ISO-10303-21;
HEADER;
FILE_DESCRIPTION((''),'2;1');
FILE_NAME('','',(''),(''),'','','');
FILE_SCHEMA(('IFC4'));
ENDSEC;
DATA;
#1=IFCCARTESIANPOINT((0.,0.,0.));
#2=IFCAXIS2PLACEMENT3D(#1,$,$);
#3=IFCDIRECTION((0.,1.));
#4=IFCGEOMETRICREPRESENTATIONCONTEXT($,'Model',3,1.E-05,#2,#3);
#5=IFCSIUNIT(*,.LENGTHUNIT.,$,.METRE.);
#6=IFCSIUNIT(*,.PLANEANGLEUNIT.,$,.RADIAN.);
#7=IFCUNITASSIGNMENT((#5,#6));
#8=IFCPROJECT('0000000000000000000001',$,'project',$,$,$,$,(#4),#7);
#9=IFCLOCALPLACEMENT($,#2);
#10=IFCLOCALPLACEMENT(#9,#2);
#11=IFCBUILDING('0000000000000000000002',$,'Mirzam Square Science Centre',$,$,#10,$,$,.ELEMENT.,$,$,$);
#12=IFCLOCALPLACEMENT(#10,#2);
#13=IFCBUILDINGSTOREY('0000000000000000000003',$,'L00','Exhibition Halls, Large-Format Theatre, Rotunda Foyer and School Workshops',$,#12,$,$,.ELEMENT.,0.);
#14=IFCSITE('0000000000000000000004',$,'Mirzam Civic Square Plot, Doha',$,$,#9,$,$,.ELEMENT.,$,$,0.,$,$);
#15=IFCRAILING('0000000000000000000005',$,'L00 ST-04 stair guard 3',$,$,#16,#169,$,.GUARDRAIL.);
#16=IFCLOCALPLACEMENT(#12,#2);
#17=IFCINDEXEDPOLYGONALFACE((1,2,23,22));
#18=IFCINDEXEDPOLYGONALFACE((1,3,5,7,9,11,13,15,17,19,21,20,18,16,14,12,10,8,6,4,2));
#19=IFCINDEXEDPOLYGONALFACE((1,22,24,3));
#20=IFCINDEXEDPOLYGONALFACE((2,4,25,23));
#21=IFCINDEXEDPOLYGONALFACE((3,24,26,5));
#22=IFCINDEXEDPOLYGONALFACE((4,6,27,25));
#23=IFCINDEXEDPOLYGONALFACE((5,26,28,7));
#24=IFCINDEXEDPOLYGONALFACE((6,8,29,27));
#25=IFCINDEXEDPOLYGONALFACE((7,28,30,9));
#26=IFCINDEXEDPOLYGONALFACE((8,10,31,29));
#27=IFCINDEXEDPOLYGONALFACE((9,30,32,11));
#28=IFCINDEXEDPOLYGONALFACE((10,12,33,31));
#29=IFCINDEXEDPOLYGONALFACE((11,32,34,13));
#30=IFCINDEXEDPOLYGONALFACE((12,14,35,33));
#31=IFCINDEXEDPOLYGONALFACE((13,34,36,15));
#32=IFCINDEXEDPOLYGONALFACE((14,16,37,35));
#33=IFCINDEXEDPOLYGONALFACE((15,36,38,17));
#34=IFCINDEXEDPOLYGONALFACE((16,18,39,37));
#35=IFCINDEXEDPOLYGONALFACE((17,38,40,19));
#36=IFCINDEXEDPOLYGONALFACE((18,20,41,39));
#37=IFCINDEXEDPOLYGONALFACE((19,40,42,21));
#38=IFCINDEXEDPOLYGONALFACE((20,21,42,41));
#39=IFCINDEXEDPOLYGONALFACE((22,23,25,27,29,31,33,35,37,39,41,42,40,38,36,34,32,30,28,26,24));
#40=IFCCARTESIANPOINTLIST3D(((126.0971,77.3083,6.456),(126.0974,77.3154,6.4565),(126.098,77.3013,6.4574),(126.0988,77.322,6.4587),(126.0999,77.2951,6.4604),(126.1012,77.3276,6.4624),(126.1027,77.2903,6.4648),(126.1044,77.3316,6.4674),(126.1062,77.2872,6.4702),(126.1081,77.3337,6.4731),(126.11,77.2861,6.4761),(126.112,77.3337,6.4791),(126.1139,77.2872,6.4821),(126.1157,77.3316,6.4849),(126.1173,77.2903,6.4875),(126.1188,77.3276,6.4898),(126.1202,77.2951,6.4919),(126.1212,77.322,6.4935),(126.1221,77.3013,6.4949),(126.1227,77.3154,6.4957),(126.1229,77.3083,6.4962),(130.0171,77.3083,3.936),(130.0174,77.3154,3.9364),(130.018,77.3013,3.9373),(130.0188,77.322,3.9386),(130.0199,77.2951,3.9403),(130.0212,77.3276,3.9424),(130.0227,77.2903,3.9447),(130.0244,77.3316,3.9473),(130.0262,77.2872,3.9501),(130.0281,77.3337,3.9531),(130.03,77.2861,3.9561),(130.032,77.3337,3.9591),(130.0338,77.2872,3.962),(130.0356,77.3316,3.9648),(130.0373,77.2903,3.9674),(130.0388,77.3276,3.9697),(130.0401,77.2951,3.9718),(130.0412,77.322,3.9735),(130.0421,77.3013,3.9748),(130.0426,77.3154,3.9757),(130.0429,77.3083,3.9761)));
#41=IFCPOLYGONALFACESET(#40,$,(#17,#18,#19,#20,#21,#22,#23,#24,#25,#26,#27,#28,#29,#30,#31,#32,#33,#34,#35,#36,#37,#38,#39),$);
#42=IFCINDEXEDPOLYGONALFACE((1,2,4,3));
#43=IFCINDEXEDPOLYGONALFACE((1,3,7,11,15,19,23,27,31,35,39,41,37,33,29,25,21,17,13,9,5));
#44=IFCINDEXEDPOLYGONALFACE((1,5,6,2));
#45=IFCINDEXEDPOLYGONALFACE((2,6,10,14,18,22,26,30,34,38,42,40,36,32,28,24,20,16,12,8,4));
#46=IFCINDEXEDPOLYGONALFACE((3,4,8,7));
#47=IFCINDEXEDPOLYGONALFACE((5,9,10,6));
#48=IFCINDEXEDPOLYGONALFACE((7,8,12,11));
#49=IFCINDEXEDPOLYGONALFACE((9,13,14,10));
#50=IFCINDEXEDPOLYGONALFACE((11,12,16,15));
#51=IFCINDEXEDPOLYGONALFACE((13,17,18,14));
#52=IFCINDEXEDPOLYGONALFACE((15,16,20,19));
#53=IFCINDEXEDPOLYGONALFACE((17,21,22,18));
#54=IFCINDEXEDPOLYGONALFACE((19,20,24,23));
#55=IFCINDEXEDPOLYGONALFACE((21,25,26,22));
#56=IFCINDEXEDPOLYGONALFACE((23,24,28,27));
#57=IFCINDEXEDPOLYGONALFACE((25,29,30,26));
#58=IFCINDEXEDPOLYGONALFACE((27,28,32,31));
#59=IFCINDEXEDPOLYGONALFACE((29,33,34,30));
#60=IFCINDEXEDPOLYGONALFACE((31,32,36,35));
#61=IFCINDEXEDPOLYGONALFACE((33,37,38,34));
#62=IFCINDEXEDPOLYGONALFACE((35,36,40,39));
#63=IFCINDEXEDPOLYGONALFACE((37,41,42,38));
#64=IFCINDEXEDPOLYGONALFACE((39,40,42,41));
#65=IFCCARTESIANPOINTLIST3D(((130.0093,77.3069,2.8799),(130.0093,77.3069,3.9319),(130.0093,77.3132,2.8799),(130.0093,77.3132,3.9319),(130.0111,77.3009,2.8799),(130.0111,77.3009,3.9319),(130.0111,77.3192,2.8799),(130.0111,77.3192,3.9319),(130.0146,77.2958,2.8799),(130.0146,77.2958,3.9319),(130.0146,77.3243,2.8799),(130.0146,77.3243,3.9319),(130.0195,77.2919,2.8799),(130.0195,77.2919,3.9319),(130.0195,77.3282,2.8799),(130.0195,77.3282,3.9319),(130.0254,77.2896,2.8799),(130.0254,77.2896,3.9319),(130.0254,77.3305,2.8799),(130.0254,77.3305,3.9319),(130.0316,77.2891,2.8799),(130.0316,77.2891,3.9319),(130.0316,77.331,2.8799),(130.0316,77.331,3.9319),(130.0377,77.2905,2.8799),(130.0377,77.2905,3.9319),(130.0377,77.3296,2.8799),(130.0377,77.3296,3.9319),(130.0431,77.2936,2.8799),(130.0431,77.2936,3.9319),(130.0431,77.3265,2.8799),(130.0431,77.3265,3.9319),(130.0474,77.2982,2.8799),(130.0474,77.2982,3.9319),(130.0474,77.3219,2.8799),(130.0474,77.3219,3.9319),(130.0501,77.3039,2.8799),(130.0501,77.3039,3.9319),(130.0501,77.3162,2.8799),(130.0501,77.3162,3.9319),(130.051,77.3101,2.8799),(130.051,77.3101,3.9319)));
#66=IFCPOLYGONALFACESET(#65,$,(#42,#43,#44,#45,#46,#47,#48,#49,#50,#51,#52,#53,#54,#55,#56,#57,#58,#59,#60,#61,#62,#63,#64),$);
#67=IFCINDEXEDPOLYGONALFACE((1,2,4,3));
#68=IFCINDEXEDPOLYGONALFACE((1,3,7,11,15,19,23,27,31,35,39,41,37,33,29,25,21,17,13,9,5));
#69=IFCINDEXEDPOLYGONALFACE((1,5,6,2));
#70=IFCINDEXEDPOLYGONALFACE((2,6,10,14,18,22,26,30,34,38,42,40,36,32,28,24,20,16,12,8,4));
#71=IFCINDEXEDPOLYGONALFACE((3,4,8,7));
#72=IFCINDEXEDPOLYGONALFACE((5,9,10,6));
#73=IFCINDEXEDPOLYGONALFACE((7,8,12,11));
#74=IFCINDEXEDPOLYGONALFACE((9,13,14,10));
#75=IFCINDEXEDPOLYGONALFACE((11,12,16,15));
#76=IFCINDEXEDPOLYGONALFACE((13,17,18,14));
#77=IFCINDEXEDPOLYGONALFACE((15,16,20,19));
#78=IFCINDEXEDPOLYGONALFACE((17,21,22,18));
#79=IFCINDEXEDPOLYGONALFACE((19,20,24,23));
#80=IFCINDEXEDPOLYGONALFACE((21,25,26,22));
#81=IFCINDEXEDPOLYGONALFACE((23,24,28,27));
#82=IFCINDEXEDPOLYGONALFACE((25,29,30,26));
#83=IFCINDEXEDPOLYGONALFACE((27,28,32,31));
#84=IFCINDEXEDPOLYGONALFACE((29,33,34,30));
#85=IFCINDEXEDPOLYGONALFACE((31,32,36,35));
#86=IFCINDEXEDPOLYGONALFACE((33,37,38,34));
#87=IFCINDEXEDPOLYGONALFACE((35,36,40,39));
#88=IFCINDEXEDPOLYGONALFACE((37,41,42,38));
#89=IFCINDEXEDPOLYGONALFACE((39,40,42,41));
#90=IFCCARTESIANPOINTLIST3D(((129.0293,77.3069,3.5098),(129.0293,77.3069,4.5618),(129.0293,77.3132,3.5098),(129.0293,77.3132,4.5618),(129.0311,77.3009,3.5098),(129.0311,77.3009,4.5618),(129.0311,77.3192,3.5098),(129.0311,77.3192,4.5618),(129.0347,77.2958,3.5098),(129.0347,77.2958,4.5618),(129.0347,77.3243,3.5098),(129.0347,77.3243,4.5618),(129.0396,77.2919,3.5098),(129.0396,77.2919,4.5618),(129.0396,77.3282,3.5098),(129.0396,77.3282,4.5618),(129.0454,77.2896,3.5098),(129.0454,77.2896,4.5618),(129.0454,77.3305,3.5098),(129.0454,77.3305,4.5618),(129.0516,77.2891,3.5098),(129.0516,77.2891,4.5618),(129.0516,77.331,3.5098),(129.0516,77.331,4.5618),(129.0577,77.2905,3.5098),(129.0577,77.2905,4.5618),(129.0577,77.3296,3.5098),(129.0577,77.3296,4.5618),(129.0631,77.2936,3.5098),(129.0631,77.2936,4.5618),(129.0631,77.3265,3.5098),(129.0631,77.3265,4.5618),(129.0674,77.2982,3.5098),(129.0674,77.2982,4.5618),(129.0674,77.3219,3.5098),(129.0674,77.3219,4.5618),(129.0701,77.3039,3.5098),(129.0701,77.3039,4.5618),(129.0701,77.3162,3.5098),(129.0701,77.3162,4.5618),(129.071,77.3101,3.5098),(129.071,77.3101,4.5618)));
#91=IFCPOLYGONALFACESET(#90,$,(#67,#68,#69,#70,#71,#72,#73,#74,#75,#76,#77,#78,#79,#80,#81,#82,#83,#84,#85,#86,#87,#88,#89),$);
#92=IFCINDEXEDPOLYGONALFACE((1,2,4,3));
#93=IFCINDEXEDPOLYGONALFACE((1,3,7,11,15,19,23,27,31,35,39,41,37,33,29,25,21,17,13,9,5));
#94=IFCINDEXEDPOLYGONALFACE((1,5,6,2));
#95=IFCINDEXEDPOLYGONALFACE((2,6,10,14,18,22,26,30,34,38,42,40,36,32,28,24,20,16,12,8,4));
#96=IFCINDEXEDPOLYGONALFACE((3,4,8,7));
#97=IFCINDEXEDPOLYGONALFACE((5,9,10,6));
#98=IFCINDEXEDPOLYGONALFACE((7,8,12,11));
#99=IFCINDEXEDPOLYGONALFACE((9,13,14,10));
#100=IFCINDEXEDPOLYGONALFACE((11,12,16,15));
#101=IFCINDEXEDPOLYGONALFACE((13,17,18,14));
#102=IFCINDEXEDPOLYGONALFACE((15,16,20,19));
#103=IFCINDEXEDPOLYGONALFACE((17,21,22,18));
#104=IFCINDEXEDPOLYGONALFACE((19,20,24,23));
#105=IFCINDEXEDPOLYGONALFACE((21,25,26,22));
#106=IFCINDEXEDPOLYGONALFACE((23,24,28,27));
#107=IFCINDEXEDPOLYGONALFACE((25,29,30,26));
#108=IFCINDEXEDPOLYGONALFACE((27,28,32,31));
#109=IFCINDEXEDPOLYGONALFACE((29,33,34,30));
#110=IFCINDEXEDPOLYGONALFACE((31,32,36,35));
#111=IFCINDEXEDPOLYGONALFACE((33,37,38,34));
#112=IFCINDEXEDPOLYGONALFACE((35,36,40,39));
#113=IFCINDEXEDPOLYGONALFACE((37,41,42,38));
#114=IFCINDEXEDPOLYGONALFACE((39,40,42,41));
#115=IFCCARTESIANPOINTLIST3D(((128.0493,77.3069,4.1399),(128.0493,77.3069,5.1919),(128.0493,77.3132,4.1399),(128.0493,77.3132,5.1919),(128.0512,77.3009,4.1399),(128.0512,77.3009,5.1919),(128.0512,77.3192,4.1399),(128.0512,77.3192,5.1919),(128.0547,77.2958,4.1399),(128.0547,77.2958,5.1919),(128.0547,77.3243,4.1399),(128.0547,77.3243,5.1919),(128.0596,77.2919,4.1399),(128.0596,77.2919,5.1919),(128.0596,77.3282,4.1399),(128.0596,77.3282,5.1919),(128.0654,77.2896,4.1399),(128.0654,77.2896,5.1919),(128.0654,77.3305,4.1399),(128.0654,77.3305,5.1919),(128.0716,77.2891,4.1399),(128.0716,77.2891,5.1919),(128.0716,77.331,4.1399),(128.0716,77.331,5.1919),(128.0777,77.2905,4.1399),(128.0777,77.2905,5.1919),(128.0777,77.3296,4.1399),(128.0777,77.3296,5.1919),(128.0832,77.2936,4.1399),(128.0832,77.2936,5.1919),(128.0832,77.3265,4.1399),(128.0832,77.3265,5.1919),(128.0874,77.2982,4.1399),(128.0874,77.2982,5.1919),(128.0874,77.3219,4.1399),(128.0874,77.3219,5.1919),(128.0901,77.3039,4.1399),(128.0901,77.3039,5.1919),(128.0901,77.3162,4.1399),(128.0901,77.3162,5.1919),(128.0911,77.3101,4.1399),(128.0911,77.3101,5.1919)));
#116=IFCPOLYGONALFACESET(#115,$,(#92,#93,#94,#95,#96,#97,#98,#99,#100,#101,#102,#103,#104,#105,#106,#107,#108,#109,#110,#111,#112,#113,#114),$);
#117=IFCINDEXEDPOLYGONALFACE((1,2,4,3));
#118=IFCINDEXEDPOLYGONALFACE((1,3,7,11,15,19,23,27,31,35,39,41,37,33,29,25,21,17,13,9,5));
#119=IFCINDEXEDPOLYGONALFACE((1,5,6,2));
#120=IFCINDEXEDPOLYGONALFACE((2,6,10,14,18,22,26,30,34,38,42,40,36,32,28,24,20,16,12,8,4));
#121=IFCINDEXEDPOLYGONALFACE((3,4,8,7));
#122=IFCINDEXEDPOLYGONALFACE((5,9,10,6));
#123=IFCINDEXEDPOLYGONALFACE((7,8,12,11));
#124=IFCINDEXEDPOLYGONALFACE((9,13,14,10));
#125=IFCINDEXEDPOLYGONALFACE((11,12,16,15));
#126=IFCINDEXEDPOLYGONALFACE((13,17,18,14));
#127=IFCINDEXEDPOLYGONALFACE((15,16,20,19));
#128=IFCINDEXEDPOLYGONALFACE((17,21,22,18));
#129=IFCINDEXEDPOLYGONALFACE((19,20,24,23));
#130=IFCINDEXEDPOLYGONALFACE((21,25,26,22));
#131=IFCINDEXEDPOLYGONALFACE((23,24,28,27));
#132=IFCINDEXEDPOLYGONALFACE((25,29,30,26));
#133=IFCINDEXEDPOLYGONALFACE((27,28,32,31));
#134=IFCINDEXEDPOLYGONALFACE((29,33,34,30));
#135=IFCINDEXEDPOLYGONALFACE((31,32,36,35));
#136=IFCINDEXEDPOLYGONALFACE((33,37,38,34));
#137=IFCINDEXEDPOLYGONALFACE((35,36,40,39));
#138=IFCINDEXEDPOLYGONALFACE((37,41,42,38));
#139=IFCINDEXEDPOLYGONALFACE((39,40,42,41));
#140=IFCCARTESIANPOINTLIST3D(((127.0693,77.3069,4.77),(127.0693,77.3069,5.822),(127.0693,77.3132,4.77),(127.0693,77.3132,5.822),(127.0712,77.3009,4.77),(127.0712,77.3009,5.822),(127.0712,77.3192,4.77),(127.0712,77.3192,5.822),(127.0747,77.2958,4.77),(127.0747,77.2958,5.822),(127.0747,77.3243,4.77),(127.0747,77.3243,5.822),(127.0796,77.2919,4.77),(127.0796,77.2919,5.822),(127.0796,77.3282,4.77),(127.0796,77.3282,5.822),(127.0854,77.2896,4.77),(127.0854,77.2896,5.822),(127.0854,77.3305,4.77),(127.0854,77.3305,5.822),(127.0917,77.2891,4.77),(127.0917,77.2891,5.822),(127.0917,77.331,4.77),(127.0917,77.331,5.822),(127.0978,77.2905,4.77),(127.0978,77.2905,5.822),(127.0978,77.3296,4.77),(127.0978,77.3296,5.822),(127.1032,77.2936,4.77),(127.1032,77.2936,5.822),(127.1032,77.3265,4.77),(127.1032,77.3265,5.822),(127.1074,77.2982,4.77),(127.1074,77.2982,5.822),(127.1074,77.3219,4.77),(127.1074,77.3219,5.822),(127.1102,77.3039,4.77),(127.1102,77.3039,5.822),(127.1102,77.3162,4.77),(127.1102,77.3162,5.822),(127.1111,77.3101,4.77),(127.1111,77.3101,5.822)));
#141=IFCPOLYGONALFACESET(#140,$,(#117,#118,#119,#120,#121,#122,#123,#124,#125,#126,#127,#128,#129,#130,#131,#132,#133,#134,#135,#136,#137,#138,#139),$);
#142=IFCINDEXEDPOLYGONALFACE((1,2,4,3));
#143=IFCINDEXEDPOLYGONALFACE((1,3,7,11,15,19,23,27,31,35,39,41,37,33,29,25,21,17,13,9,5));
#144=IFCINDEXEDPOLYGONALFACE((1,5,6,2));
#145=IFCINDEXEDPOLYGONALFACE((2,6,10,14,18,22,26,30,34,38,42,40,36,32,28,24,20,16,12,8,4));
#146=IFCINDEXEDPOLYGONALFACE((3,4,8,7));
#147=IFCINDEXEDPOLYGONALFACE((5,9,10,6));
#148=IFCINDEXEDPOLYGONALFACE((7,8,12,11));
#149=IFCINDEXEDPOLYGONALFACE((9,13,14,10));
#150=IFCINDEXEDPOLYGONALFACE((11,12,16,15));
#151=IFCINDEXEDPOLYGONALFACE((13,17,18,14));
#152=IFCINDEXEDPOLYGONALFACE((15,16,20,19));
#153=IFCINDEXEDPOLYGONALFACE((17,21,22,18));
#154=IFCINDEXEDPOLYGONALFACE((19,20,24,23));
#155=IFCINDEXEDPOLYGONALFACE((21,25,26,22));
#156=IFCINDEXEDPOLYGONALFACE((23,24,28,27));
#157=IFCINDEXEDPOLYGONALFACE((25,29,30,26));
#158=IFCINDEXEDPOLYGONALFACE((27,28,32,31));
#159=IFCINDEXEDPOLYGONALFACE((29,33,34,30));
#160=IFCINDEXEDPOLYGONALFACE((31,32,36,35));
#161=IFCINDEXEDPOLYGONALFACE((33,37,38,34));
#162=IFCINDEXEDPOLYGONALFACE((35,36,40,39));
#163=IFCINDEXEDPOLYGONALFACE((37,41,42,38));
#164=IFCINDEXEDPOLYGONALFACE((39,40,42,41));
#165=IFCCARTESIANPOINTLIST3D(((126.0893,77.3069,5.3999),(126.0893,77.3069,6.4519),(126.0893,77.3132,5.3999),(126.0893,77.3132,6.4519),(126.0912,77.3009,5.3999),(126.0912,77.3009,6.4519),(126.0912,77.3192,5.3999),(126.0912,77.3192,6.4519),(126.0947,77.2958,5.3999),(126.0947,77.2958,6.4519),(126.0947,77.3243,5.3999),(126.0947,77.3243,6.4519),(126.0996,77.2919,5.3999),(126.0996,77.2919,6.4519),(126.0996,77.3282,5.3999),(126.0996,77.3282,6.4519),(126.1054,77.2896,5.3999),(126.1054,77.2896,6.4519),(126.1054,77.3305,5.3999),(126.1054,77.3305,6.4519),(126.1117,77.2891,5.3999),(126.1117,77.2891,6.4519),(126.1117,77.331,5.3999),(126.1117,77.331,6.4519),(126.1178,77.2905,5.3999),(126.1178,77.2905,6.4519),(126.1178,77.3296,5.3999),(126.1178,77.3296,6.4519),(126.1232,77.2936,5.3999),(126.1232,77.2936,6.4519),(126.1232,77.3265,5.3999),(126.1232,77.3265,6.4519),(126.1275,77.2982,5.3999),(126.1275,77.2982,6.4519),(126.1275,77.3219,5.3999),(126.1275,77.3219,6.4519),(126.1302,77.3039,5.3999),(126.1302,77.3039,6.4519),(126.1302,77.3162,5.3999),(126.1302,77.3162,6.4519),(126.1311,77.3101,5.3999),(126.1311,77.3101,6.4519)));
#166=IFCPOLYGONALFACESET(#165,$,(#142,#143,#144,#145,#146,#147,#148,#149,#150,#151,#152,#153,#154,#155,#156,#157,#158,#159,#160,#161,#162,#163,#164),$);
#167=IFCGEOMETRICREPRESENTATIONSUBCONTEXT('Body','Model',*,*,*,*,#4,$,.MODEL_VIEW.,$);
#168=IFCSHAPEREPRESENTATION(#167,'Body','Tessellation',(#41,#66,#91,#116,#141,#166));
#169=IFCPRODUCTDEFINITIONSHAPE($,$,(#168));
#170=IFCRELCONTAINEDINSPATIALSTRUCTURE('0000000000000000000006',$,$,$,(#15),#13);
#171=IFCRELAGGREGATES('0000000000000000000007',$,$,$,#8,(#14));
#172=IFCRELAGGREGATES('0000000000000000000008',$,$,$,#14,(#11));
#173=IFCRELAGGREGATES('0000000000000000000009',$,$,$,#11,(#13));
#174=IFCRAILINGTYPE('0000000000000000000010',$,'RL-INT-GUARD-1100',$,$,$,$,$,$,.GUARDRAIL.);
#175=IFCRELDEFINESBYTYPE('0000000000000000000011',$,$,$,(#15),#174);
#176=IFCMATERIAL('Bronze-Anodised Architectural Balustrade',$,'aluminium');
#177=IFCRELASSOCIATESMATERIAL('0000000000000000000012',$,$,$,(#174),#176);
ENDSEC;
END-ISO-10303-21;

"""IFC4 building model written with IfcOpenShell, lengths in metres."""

from ifc_helpers import new_model, si_unit, direction, frame, origin, origin_2d, place, context, subcontext, project, spatial, circle, extrude, material, type_object, element, save


model = new_model("IFC4")

# Units and contexts
model_context = context("Model", 3, precision=1e-05, world=origin(), true_north=direction((0.0, 1.0)))
body_context = subcontext(model_context, "Body", "Model", "MODEL_VIEW")
ifc_project = project(units=[si_unit("LENGTHUNIT", "METRE"), si_unit("PLANEANGLEUNIT", "RADIAN")], contexts=[model_context])

# Site, building, storey
site_placement = place(None, origin())
site = spatial("IfcSite", under=ifc_project, at=site_placement, Name="Mirzam Civic Square Plot, Doha", CompositionType="ELEMENT", RefElevation=0.0)
building_placement = place(site_placement, origin())
building = spatial("IfcBuilding", under=site, at=building_placement, Name="Mirzam Square Science Centre", CompositionType="ELEMENT")
storey_placement = place(building_placement, origin())
storey = spatial("IfcBuildingStorey", under=building, at=storey_placement, Name="L00", Description="Exhibition Halls, Large-Format Theatre, Rotunda Foyer and School Workshops", CompositionType="ELEMENT", Elevation=0.0)

# Railing
ifc_material_1 = material(Name="Bronze-Anodised Architectural Balustrade", Category="aluminium")
railing_type_1 = type_object("IfcRailingType", Name="RL-INT-GUARD-1100", PredefinedType="GUARDRAIL", material=ifc_material_1)
railing_1_placement = place(storey_placement, frame((130.03, 77.3101, 2.8799)))
element("IfcRailing", 1, at=railing_1_placement, inside=storey, type_object=railing_type_1, Name="L00 ST-04 stair guard 3", PredefinedType="GUARDRAIL", context=body_context, shape_type="SweptSolid", body=[
    extrude(circle(Radius=0.0239, at=origin_2d()), frame((0.0, 0.0, 1.0762), z_axis=(-0.841172, 0.0, 0.540768), x_axis=(0.0, -1.0, 0.0)), (0.0, 0.0, 1.0), 4.6602),
    extrude(circle(Radius=0.021, at=origin_2d()), origin(), (0.0, 0.0, 1.0), 1.052),
    extrude(circle(Radius=0.021, at=origin_2d()), frame((-0.98, 0.0, 0.6299)), (0.0, 0.0, 1.0), 1.052),
    extrude(circle(Radius=0.021, at=origin_2d()), frame((-1.96, 0.0, 1.26)), (0.0, 0.0, 1.0), 1.052),
    extrude(circle(Radius=0.021, at=origin_2d()), frame((-2.9399, 0.0, 1.8901)), (0.0, 0.0, 1.0), 1.052),
    extrude(circle(Radius=0.021, at=origin_2d()), frame((-3.9199, 0.0, 2.52)), (0.0, 0.0, 1.0), 1.052),
])

save(model, "model.ifc")
